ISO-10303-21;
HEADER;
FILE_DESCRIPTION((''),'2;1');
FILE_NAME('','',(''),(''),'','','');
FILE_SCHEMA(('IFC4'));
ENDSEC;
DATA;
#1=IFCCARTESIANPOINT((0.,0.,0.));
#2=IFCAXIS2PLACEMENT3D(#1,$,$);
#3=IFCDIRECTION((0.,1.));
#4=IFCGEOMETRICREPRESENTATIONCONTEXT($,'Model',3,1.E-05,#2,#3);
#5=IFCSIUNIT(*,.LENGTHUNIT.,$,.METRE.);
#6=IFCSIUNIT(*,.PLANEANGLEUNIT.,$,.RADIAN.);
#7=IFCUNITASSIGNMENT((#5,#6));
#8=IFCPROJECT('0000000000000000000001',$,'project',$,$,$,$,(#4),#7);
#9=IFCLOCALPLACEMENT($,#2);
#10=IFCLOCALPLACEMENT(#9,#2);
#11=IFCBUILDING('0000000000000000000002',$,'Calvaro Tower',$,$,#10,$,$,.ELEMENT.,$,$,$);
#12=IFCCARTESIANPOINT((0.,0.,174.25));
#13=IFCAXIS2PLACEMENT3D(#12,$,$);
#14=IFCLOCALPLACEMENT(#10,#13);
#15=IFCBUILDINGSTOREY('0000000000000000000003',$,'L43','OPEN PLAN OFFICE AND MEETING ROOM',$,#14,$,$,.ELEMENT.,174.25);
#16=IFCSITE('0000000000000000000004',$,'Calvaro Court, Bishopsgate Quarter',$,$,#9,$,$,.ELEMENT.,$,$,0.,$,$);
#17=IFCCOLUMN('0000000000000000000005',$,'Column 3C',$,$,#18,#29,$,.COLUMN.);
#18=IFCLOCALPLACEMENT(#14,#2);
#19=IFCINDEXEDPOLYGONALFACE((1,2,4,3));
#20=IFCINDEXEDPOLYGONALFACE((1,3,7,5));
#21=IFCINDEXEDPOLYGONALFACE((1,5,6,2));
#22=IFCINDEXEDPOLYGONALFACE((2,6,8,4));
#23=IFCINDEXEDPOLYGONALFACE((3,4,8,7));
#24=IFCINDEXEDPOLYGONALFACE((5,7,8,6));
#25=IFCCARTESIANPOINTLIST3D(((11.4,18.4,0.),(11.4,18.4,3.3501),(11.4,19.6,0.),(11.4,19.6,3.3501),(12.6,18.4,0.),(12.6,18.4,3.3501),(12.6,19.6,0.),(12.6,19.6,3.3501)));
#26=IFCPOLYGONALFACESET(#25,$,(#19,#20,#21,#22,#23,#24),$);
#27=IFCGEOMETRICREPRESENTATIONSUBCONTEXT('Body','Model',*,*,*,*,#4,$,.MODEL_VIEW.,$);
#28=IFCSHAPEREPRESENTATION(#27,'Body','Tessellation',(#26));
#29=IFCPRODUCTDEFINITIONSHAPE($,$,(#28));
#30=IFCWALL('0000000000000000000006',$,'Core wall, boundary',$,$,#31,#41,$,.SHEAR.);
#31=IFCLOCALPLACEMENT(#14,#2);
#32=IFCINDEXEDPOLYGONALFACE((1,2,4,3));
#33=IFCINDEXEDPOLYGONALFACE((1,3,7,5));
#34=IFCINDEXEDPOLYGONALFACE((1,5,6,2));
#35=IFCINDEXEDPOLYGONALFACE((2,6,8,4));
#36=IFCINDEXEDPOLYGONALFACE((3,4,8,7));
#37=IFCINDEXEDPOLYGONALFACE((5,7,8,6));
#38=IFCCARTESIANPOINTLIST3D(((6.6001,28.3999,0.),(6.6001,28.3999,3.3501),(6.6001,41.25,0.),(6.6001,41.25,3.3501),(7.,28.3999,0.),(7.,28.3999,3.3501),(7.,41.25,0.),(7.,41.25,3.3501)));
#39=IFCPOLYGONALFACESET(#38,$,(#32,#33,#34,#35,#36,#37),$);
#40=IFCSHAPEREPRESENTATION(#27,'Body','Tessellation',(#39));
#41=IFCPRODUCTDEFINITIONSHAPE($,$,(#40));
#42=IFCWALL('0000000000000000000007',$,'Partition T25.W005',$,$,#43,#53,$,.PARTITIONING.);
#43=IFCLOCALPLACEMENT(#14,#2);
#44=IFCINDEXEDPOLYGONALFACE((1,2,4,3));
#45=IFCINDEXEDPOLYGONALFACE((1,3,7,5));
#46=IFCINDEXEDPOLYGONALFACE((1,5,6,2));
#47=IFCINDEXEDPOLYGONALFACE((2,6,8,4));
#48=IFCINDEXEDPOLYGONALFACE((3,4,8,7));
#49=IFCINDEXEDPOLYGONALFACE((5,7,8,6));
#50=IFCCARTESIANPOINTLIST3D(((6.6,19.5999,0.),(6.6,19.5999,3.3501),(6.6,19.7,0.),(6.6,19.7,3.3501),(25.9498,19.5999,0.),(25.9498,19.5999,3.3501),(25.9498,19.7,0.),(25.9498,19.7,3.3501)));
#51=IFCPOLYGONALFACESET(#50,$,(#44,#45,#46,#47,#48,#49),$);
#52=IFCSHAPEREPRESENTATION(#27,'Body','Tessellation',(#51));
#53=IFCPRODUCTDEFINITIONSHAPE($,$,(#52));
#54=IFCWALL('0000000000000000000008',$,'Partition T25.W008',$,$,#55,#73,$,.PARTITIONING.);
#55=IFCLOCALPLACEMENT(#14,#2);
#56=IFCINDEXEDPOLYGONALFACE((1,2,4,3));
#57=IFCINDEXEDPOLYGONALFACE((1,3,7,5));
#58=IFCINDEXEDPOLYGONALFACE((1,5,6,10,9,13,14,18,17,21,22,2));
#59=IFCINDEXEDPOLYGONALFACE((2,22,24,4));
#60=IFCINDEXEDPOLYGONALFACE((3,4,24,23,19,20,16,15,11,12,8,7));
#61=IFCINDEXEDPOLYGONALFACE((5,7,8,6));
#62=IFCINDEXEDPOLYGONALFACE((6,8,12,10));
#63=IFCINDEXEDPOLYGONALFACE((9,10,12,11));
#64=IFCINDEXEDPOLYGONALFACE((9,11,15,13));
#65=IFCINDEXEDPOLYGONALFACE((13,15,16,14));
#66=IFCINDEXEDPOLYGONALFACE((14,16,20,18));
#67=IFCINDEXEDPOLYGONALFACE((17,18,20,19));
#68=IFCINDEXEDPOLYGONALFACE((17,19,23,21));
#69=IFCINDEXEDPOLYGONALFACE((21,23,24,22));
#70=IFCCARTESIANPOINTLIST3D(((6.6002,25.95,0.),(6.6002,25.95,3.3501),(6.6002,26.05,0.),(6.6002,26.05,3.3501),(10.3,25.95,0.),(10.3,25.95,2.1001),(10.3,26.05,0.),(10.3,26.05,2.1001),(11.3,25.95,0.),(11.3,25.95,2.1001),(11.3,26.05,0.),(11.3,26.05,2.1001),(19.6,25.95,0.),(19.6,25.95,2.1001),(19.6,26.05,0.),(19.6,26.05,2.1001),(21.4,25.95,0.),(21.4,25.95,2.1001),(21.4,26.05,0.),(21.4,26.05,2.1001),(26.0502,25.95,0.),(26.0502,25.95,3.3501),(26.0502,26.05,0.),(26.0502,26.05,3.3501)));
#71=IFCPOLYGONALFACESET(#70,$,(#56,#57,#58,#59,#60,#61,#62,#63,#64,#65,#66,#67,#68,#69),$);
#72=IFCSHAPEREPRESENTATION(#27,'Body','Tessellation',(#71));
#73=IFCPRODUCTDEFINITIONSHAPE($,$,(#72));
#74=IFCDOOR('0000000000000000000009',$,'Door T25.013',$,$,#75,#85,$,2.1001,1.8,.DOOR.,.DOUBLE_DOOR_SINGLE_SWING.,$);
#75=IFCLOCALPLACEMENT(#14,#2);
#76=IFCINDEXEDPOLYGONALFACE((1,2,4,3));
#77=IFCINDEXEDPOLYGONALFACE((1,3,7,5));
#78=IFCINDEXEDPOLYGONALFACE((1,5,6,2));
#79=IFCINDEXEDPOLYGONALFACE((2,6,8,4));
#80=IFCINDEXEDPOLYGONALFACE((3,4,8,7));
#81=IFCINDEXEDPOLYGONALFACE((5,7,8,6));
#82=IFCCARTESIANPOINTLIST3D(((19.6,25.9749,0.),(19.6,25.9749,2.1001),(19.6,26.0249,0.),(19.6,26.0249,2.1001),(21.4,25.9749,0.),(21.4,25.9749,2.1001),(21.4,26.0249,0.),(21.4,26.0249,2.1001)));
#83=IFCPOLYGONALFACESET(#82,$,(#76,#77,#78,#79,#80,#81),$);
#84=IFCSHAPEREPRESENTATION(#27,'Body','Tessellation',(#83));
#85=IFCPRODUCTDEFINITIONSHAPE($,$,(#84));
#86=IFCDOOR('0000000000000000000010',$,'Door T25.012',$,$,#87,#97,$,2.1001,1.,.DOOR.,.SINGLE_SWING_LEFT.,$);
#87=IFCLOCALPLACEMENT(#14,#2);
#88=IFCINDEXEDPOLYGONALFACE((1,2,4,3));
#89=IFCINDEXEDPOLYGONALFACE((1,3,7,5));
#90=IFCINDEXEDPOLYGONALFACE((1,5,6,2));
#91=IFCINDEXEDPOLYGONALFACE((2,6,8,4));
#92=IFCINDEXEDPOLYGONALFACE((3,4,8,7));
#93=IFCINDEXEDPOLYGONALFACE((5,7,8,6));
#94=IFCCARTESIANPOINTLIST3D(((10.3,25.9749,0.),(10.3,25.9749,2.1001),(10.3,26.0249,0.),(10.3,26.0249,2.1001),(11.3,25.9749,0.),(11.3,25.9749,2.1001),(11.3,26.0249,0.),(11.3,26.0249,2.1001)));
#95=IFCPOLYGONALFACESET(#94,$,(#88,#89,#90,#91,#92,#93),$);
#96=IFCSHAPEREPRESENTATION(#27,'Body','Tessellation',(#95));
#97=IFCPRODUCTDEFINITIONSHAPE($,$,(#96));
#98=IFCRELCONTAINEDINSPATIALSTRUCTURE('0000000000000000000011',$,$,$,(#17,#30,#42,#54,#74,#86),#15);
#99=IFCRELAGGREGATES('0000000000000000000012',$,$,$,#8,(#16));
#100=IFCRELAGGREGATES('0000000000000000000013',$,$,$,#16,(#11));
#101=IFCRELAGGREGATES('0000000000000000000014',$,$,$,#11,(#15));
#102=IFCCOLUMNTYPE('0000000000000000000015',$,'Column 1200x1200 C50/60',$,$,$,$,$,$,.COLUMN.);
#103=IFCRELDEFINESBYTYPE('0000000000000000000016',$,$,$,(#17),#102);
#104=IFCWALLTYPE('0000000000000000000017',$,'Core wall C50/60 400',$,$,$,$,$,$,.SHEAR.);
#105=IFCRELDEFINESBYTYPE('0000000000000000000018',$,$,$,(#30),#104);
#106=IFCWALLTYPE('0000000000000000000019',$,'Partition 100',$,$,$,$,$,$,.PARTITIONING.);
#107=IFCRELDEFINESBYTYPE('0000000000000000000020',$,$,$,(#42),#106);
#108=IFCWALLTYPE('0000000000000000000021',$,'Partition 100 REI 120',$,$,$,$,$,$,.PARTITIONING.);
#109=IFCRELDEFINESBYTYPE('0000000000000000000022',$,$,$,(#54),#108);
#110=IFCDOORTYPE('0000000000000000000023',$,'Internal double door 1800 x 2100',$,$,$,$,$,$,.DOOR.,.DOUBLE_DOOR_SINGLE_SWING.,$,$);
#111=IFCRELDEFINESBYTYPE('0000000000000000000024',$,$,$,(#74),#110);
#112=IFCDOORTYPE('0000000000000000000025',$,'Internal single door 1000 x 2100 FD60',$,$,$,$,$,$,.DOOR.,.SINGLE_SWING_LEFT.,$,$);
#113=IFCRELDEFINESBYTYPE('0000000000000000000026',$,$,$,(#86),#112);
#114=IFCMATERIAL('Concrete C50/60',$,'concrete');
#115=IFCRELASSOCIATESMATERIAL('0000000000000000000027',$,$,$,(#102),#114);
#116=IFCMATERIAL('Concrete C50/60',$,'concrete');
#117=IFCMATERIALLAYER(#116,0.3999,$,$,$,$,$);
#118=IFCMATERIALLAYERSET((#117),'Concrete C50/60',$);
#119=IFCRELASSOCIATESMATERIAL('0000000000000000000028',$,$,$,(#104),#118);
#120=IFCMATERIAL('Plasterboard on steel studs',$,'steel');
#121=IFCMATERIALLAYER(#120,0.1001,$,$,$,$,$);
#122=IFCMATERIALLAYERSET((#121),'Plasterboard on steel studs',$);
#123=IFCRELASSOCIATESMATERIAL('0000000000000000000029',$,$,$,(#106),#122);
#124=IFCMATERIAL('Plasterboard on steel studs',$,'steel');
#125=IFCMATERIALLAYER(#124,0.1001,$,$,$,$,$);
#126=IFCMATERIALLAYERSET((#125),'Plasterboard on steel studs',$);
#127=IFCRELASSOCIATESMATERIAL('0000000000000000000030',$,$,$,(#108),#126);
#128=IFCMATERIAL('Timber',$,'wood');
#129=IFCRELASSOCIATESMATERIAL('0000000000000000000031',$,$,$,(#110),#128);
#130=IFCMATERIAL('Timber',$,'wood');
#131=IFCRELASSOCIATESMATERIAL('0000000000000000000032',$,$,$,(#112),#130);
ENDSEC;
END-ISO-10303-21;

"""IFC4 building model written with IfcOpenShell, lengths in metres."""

from ifc_helpers import new_model, si_unit, direction, frame, frame_2d, origin, origin_2d, place, context, subcontext, project, spatial, rectangle, extrude, material, layer, layer_set, material_profile, profile_set, type_object, element, fill, save


model = new_model("IFC4")

# Units and contexts
model_context = context("Model", 3, precision=1e-05, world=origin(), true_north=direction((0.0, 1.0)))
body_context = subcontext(model_context, "Body", "Model", "MODEL_VIEW")
ifc_project = project(units=[si_unit("LENGTHUNIT", "METRE"), si_unit("PLANEANGLEUNIT", "RADIAN")], contexts=[model_context])

# Site, building, storey
site_placement = place(None, origin())
site = spatial("IfcSite", under=ifc_project, at=site_placement, Name="Calvaro Court, Bishopsgate Quarter", CompositionType="ELEMENT", RefElevation=0.0)
building_placement = place(site_placement, origin())
building = spatial("IfcBuilding", under=site, at=building_placement, Name="Calvaro Tower", CompositionType="ELEMENT")
storey_placement = place(building_placement, frame((0.0, 0.0, 174.25)))
storey = spatial("IfcBuildingStorey", under=building, at=storey_placement, Name="L43", Description="OPEN PLAN OFFICE AND MEETING ROOM", CompositionType="ELEMENT", Elevation=174.25)

# Column
ifc_material_1 = material(Name="Concrete C50/60", Category="concrete")
ifc_material_profile = material_profile(ifc_material_1, rectangle(XDim=1.2, YDim=1.2, at=origin_2d()), Name="RC 1200x1200")
ifc_profile_set = profile_set([ifc_material_profile], Name="Concrete C50/60")
column_type = type_object("IfcColumnType", Name="Column 1200x1200 C50/60", PredefinedType="COLUMN", material=ifc_profile_set)
column_placement = place(storey_placement, frame((12.0, 19.0, 0.0), z_axis=(0.0, 0.0, 1.0), x_axis=(1.0, 0.0, 0.0)))
element("IfcColumn", 1, at=column_placement, inside=storey, type_object=column_type, Name="Column 3C", PredefinedType="COLUMN", context=body_context, shape_type="SweptSolid", body=[
    extrude(rectangle(XDim=1.2, YDim=1.2, at=origin_2d()), origin(), (0.0, 0.0, 1.0), 3.3501),
])

# Shared definitions
ifc_material_2 = material(Name="Concrete C50/60", Category="concrete")
ifc_layer_1 = layer(ifc_material_2, 0.3999)
ifc_layer_set_1 = layer_set([ifc_layer_1], Name="Concrete C50/60")
wall_type_1 = type_object("IfcWallType", Name="Core wall C50/60 400", PredefinedType="SHEAR", material=ifc_layer_set_1)

# Walls
wall_1_placement = place(storey_placement, frame((6.8, 28.3999, 0.0), z_axis=(0.0, 0.0, 1.0), x_axis=(0.0, 1.0, 0.0)))
element("IfcWall", 2, at=wall_1_placement, inside=storey, type_object=wall_type_1, Name="Core wall, boundary", PredefinedType="SHEAR", context=body_context, shape_type="SweptSolid", body=[
    extrude(rectangle(XDim=12.8501, YDim=0.3999, at=frame_2d((6.425, 0.0))), origin(), (0.0, 0.0, 1.0), 3.3501),
])
ifc_material_3 = material(Name="Plasterboard on steel studs", Category="steel")
ifc_layer_2 = layer(ifc_material_3, 0.1001)
ifc_layer_set_2 = layer_set([ifc_layer_2], Name="Plasterboard on steel studs")
wall_type_2 = type_object("IfcWallType", Name="Partition 100", PredefinedType="PARTITIONING", material=ifc_layer_set_2)
wall_2_placement = place(storey_placement, frame((6.6001, 19.6499, 0.0), z_axis=(0.0, 0.0, 1.0), x_axis=(1.0, 0.0, 0.0)))
element("IfcWall", 3, at=wall_2_placement, inside=storey, type_object=wall_type_2, Name="Partition T25.W005", PredefinedType="PARTITIONING", context=body_context, shape_type="SweptSolid", body=[
    extrude(rectangle(XDim=19.3499, YDim=0.1001, at=frame_2d((9.6748, 0.0))), origin(), (0.0, 0.0, 1.0), 3.3501),
])

# Wall, openings, doors
ifc_material_4 = material(Name="Plasterboard on steel studs", Category="steel")
ifc_layer_3 = layer(ifc_material_4, 0.1001)
ifc_layer_set_3 = layer_set([ifc_layer_3], Name="Plasterboard on steel studs")
wall_type_3 = type_object("IfcWallType", Name="Partition 100 REI 120", PredefinedType="PARTITIONING", material=ifc_layer_set_3)
wall_3_placement = place(storey_placement, frame((6.6001, 26.0, 0.0), z_axis=(0.0, 0.0, 1.0), x_axis=(1.0, 0.0, 0.0)))
wall_3 = element("IfcWall", 4, at=wall_3_placement, inside=storey, type_object=wall_type_3, Name="Partition T25.W008", PredefinedType="PARTITIONING", context=body_context, shape_type="SweptSolid", body=[
    extrude(rectangle(XDim=19.45, YDim=0.1001, at=frame_2d((9.7251, 0.0))), origin(), (0.0, 0.0, 1.0), 3.3501),
])
opening_1_placement = place(wall_3_placement, frame((3.7, 0.0, 0.0)))
opening_1 = element("IfcOpeningElement", 5, at=opening_1_placement, cuts=wall_3, PredefinedType="OPENING", context=body_context, shape_type="SweptSolid", body=[
    extrude(rectangle(XDim=1.0, YDim=2.1001, at=frame_2d((0.5, 1.05))), frame((0.0, 0.0601, 0.0), z_axis=(0.0, -1.0, 0.0), x_axis=(1.0, 0.0, 0.0)), (0.0, 0.0, 1.0), 0.1201),
])
opening_2_placement = place(wall_3_placement, frame((13.0, 0.0, 0.0)))
opening_2 = element("IfcOpeningElement", 6, at=opening_2_placement, cuts=wall_3, PredefinedType="OPENING", context=body_context, shape_type="SweptSolid", body=[
    extrude(rectangle(XDim=1.8, YDim=2.1001, at=frame_2d((0.8999, 1.05))), frame((0.0, 0.0601, 0.0), z_axis=(0.0, -1.0, 0.0), x_axis=(1.0, 0.0, 0.0)), (0.0, 0.0, 1.0), 0.1201),
])
ifc_material_5 = material(Name="Timber", Category="wood")
door_type_1 = type_object("IfcDoorType", Name="Internal double door 1800 x 2100", OperationType="DOUBLE_DOOR_SINGLE_SWING", PredefinedType="DOOR", material=ifc_material_5)
door_1_placement = place(opening_2_placement, origin())
door_1 = element("IfcDoor", 7, at=door_1_placement, inside=storey, type_object=door_type_1, Name="Door T25.013", OperationType="DOUBLE_DOOR_SINGLE_SWING", OverallHeight=2.1001, OverallWidth=1.8, PredefinedType="DOOR", context=body_context, shape_type="SweptSolid", body=[
    extrude(rectangle(XDim=1.8, YDim=2.1001, at=frame_2d((0.8999, 1.05))), frame((0.0, 0.0249, 0.0), z_axis=(0.0, -1.0, 0.0), x_axis=(1.0, 0.0, 0.0)), (0.0, 0.0, 1.0), 0.05),
])
fill(opening_2, door_1)
ifc_material_6 = material(Name="Timber", Category="wood")
door_type_2 = type_object("IfcDoorType", Name="Internal single door 1000 x 2100 FD60", OperationType="SINGLE_SWING_LEFT", PredefinedType="DOOR", material=ifc_material_6)
door_2_placement = place(opening_1_placement, origin())
door_2 = element("IfcDoor", 8, at=door_2_placement, inside=storey, type_object=door_type_2, Name="Door T25.012", OperationType="SINGLE_SWING_LEFT", OverallHeight=2.1001, OverallWidth=1.0, PredefinedType="DOOR", context=body_context, shape_type="SweptSolid", body=[
    extrude(rectangle(XDim=1.0, YDim=2.1001, at=frame_2d((0.5, 1.05))), frame((0.0, 0.0249, 0.0), z_axis=(0.0, -1.0, 0.0), x_axis=(1.0, 0.0, 0.0)), (0.0, 0.0, 1.0), 0.05),
])
fill(opening_1, door_2)

save(model, "model.ifc")
